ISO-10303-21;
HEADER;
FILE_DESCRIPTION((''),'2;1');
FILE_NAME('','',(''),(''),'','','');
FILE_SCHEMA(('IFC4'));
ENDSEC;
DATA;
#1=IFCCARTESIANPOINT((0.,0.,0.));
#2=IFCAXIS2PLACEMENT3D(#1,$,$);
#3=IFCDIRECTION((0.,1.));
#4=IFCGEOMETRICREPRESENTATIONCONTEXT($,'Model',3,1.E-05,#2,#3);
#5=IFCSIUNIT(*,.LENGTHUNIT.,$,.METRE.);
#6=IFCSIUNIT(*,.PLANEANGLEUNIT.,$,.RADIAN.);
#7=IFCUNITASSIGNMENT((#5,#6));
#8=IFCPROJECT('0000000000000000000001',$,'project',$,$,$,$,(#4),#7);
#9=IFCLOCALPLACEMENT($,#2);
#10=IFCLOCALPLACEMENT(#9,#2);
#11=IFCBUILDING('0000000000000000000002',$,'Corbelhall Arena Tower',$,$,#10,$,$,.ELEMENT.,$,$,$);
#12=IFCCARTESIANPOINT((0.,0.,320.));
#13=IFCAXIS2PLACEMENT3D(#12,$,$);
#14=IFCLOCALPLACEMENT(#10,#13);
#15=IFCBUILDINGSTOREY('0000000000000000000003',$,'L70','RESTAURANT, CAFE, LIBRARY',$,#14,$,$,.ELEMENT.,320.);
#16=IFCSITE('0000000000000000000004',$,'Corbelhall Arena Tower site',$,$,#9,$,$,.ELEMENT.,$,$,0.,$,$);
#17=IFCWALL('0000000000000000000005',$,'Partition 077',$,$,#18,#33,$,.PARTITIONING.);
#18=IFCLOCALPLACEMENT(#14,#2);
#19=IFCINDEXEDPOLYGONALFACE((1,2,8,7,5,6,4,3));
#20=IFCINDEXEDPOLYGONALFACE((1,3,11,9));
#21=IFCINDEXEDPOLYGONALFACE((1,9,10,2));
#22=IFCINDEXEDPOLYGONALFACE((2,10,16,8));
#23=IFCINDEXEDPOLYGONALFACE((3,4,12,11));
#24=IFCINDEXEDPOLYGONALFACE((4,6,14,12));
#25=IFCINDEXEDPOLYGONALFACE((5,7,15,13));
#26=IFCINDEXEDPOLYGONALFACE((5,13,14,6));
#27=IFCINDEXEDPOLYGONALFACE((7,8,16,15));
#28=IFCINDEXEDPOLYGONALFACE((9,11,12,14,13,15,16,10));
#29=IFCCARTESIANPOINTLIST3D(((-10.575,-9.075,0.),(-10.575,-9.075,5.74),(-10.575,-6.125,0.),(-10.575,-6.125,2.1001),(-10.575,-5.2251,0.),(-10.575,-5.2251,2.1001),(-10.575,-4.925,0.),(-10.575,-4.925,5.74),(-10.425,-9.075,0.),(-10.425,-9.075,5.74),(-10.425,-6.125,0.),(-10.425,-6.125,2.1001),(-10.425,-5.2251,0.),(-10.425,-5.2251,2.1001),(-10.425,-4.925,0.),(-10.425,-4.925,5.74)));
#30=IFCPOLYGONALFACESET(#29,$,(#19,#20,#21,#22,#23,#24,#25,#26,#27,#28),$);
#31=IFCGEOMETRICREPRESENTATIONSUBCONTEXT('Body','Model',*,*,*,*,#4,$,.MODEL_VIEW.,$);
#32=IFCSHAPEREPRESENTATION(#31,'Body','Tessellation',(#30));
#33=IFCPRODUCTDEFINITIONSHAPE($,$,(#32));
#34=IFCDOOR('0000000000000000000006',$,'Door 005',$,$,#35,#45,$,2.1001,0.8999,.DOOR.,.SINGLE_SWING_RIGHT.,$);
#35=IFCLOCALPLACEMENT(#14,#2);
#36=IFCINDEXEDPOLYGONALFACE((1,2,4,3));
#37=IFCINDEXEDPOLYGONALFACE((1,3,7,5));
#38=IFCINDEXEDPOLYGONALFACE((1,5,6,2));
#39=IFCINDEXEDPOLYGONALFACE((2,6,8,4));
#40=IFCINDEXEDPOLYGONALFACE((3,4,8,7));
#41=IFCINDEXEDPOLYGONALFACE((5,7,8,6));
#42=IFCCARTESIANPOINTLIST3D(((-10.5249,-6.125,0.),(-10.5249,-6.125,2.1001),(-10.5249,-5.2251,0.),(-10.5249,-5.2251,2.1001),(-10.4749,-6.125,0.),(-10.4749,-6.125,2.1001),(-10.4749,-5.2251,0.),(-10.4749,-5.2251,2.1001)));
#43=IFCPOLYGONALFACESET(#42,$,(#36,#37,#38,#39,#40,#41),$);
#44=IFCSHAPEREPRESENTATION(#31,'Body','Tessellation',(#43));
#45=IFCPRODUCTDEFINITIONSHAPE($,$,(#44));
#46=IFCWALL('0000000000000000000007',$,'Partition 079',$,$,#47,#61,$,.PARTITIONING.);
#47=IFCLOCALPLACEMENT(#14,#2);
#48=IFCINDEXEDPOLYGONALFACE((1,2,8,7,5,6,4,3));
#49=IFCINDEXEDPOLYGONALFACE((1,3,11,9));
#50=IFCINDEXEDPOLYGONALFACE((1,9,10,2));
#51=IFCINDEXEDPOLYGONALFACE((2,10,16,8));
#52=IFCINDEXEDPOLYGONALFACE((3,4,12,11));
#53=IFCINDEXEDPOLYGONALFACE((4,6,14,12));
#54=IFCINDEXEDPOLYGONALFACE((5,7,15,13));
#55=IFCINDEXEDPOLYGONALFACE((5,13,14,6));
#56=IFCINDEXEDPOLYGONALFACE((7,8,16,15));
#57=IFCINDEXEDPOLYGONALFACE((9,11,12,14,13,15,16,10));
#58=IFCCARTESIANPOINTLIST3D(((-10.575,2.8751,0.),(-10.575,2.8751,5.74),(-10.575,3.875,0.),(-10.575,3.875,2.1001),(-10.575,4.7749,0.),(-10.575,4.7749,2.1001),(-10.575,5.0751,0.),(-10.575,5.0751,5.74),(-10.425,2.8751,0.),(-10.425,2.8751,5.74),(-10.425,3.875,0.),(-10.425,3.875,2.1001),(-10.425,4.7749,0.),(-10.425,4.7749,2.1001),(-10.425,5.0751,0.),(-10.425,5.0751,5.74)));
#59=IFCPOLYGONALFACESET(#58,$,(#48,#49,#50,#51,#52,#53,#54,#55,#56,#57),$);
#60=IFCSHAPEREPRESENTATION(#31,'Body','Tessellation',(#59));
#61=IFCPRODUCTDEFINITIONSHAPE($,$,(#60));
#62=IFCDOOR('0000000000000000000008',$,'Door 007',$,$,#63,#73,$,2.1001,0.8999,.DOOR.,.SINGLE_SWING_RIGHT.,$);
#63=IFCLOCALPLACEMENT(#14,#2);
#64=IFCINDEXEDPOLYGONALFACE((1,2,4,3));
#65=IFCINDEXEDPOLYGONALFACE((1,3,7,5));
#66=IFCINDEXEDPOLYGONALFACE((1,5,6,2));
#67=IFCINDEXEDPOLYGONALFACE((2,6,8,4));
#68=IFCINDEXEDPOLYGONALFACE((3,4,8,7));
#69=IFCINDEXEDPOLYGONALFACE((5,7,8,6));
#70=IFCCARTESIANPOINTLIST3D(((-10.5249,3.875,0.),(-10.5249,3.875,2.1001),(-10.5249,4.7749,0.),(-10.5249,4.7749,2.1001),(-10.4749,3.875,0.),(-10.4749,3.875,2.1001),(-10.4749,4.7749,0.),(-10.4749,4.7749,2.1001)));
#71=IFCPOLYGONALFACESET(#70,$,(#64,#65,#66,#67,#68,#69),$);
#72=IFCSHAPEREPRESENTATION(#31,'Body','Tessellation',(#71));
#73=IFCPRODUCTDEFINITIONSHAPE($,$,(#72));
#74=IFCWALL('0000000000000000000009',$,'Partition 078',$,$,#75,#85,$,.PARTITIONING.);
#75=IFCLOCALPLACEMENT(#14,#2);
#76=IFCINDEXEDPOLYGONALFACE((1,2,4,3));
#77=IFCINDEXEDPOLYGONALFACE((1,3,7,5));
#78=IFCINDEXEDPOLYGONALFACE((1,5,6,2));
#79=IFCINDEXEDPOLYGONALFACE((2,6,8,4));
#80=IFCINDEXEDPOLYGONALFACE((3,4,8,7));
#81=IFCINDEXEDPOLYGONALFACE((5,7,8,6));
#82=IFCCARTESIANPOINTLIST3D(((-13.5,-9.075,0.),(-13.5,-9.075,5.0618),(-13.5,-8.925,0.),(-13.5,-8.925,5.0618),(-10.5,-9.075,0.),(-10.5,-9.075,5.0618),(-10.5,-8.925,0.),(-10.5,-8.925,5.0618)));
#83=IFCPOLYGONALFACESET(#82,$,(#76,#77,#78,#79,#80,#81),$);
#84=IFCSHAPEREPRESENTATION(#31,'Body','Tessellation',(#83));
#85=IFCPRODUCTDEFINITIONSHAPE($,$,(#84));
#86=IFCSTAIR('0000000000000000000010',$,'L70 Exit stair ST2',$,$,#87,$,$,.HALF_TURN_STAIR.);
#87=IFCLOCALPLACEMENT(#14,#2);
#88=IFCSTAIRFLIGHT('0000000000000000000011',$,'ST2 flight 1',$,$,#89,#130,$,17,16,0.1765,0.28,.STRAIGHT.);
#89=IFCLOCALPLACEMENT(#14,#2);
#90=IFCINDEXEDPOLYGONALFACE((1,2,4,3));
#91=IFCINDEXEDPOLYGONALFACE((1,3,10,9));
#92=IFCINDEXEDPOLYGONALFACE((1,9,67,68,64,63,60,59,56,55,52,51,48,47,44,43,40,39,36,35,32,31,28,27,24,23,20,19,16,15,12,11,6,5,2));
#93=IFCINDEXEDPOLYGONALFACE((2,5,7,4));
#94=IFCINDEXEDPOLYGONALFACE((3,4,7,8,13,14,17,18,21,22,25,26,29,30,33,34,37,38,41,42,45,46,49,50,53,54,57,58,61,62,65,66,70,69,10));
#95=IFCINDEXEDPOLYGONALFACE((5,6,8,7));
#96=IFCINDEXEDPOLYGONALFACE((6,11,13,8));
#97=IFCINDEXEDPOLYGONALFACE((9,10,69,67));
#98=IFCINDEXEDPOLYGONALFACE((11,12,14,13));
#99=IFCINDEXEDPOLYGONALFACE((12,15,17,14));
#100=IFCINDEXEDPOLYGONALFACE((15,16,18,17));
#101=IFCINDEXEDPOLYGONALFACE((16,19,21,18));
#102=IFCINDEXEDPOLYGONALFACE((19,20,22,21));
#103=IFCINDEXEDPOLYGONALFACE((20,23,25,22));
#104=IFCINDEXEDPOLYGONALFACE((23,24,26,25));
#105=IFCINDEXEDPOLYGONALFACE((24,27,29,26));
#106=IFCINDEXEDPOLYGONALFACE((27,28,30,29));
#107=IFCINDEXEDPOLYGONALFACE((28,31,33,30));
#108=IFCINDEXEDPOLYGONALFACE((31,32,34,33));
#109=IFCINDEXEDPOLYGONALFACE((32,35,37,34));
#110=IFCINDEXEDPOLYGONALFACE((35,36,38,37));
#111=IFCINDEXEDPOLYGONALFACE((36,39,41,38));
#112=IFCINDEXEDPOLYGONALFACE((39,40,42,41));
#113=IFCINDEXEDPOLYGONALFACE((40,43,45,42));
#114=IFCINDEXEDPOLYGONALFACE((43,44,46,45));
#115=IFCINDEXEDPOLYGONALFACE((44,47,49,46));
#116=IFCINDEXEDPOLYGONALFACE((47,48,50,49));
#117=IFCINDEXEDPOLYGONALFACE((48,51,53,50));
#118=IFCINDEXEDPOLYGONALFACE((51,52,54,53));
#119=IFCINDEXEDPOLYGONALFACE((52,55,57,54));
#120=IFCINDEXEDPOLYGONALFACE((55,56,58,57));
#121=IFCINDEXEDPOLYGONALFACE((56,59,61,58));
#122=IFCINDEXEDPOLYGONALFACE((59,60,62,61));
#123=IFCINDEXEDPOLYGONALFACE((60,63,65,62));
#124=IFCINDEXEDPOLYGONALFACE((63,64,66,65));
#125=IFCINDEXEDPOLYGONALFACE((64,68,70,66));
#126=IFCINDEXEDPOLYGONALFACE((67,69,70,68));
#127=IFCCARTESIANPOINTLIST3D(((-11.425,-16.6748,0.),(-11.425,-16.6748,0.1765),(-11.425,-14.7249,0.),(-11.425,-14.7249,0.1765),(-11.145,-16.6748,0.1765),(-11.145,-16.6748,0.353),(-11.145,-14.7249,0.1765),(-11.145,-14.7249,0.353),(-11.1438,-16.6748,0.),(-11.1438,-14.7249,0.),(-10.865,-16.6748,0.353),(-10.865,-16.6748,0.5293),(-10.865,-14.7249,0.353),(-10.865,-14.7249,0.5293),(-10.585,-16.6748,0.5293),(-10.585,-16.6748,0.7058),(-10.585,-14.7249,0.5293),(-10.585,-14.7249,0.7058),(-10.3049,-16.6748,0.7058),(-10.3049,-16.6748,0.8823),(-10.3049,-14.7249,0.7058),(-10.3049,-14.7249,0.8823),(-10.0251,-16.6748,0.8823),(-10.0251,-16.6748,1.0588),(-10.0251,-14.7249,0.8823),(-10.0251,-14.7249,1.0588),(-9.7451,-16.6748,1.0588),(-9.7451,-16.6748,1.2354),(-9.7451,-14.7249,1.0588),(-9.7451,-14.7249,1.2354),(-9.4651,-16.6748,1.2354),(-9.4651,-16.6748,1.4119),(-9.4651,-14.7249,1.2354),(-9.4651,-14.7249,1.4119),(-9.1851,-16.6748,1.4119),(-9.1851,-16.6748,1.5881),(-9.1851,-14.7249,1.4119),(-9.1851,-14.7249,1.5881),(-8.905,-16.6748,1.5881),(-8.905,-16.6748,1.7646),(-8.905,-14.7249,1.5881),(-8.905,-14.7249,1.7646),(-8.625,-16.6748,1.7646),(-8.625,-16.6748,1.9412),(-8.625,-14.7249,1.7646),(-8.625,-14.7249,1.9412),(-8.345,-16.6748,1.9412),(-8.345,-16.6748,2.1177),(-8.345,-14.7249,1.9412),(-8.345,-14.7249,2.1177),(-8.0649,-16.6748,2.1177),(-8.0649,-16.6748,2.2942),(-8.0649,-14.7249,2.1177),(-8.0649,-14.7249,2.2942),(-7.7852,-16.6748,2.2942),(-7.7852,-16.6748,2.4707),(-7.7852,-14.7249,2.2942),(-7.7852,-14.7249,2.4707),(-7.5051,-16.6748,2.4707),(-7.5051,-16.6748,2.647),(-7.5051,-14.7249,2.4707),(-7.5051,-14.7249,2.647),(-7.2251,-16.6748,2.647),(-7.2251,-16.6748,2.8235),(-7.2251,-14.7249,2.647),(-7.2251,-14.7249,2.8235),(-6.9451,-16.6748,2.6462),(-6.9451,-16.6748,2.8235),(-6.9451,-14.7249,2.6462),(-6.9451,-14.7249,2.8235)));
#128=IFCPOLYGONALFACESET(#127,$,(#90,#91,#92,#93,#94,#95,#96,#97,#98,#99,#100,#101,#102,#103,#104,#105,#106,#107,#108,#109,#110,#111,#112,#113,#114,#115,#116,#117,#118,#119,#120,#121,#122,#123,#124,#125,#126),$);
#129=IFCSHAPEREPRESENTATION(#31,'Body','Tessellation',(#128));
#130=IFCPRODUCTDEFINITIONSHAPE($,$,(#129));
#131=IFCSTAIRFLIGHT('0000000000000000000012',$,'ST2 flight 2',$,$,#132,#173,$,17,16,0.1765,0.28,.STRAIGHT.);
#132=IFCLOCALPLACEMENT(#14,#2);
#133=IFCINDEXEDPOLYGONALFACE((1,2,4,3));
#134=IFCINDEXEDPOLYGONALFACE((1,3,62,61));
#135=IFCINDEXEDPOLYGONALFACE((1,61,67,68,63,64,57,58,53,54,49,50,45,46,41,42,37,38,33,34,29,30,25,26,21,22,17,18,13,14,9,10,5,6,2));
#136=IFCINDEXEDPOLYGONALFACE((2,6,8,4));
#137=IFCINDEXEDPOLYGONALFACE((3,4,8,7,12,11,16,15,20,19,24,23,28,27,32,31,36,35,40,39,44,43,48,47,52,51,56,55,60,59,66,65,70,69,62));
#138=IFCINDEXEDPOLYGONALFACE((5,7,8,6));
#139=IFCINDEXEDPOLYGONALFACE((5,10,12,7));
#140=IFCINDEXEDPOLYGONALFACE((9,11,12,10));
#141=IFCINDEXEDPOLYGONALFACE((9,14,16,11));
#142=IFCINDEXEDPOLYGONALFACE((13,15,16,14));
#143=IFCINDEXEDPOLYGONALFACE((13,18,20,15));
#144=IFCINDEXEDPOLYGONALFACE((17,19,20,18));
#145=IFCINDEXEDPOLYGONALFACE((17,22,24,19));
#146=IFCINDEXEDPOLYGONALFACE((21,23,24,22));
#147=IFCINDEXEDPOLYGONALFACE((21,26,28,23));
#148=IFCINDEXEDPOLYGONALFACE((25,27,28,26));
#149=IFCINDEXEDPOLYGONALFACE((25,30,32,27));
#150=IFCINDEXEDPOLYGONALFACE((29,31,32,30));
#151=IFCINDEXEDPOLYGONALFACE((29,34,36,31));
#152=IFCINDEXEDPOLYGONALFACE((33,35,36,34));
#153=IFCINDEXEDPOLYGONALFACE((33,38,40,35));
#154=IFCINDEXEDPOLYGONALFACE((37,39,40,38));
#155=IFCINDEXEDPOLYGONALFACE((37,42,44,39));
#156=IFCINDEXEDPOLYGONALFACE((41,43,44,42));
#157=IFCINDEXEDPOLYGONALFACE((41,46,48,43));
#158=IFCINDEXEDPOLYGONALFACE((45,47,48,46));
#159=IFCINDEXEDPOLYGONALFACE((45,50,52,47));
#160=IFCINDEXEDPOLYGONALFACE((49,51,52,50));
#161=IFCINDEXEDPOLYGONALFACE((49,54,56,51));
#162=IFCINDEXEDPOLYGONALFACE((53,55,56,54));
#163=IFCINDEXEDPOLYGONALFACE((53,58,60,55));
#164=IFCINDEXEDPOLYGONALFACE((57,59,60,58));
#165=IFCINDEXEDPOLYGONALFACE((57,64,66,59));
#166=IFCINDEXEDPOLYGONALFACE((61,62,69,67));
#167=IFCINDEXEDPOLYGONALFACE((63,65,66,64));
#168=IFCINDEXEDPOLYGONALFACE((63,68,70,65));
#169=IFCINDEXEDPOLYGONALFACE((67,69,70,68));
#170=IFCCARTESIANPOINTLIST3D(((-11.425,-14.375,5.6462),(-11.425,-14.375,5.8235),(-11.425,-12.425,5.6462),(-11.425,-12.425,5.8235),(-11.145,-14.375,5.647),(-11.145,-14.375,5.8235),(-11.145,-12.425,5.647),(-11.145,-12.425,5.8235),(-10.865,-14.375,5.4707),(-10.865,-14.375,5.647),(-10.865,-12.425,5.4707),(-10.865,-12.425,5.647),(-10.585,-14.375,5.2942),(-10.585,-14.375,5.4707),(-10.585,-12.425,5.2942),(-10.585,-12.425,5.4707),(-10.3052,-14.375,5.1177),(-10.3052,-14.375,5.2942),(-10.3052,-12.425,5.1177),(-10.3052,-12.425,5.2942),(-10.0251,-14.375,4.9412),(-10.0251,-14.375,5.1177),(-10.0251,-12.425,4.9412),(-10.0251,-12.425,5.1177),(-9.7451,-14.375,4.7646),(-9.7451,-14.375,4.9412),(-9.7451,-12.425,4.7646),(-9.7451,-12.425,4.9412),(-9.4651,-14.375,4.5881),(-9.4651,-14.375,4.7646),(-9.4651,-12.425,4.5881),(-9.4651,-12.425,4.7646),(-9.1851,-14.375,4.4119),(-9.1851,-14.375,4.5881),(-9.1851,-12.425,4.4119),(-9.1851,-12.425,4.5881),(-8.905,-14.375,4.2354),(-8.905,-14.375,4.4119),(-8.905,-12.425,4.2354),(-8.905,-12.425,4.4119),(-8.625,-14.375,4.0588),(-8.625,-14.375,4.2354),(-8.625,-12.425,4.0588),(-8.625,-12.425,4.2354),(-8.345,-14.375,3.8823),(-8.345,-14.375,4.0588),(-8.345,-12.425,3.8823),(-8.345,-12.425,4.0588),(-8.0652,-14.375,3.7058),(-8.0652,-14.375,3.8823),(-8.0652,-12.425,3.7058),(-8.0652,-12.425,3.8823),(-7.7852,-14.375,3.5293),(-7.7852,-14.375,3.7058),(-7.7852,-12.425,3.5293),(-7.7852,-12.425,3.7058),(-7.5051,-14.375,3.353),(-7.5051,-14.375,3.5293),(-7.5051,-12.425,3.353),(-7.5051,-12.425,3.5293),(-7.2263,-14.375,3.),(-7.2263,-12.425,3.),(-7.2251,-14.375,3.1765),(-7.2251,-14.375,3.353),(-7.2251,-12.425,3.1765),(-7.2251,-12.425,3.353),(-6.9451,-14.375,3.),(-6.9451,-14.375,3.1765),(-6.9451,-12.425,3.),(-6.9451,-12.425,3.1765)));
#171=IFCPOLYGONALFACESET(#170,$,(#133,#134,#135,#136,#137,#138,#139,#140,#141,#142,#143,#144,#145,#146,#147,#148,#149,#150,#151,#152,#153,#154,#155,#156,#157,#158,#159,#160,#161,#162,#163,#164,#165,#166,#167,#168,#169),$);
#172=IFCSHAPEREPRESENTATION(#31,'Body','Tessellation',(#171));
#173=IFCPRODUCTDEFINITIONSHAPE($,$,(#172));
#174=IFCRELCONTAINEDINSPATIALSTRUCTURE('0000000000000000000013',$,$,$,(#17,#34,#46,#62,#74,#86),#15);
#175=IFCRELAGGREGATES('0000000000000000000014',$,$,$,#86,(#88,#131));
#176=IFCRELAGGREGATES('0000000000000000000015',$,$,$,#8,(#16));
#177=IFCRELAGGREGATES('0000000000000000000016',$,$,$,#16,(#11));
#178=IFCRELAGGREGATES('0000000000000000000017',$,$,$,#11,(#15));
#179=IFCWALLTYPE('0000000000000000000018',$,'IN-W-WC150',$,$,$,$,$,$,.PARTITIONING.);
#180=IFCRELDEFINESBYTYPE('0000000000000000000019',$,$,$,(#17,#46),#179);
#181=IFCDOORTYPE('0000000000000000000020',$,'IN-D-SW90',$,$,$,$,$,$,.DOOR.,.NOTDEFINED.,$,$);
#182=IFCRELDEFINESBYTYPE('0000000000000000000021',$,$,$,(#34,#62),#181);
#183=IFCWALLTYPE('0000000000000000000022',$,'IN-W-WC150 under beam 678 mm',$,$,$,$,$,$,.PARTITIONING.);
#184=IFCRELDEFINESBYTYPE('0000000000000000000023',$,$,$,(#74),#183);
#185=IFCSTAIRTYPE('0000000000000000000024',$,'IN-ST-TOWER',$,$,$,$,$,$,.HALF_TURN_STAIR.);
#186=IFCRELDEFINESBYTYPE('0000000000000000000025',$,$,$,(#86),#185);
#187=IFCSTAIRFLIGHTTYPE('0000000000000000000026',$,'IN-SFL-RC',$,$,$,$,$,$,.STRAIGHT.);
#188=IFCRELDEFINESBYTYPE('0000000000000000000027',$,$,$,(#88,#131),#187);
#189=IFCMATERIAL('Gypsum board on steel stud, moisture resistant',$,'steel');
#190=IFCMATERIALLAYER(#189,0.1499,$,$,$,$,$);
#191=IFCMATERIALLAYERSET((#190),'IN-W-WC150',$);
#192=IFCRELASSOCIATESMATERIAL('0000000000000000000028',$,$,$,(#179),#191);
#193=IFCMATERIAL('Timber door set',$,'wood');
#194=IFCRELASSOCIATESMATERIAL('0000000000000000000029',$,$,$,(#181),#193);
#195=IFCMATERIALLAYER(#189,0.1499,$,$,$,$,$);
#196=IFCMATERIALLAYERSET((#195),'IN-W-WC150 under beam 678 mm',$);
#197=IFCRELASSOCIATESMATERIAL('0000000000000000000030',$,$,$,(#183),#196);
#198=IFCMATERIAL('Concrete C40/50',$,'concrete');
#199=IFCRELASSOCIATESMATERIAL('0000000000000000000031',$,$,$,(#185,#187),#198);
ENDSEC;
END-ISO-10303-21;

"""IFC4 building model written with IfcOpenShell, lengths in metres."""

from ifc_helpers import new_model, si_unit, direction, frame, frame_2d, origin, place, context, subcontext, project, spatial, polyline, rectangle, outline, extrude, material, layer, layer_set, type_object, element, fill, aggregate, save


model = new_model("IFC4")

# Units and contexts
model_context = context("Model", 3, precision=1e-05, world=origin(), true_north=direction((0.0, 1.0)))
body_context = subcontext(model_context, "Body", "Model", "MODEL_VIEW")
ifc_project = project(units=[si_unit("LENGTHUNIT", "METRE"), si_unit("PLANEANGLEUNIT", "RADIAN")], contexts=[model_context])

# Site, building, storey
site_placement = place(None, origin())
site = spatial("IfcSite", under=ifc_project, at=site_placement, Name="Corbelhall Arena Tower site", CompositionType="ELEMENT", RefElevation=0.0)
building_placement = place(site_placement, origin())
building = spatial("IfcBuilding", under=site, at=building_placement, Name="Corbelhall Arena Tower", CompositionType="ELEMENT")
storey_placement = place(building_placement, frame((0.0, 0.0, 320.0)))
storey = spatial("IfcBuildingStorey", under=building, at=storey_placement, Name="L70", Description="RESTAURANT, CAFE, LIBRARY", CompositionType="ELEMENT", Elevation=320.0)

# Shared definitions
ifc_material_1 = material(Name="Concrete C40/50", Category="concrete")

# Walls, openings, doors
ifc_material_2 = material(Name="Gypsum board on steel stud, moisture resistant", Category="steel")
ifc_layer_1 = layer(ifc_material_2, 0.1499)
ifc_layer_set_1 = layer_set([ifc_layer_1], Name="IN-W-WC150")
wall_type_1 = type_object("IfcWallType", Name="IN-W-WC150", PredefinedType="PARTITIONING", material=ifc_layer_set_1)
wall_1_placement = place(storey_placement, frame((-10.5, -9.075, 0.0), z_axis=(0.0, 0.0, 1.0), x_axis=(0.0, 1.0, 0.0)))
wall_1 = element("IfcWall", 1, at=wall_1_placement, inside=storey, type_object=wall_type_1, Name="Partition 077", PredefinedType="PARTITIONING", context=body_context, shape_type="SweptSolid", body=[
    extrude(rectangle(XDim=4.1499, YDim=0.1499, at=frame_2d((2.075, 0.0))), origin(), (0.0, 0.0, 1.0), 5.74),
])
opening_1_placement = place(wall_1_placement, frame((2.95, 0.0, 0.0)))
opening_1 = element("IfcOpeningElement", 2, at=opening_1_placement, cuts=wall_1, PredefinedType="OPENING", context=body_context, shape_type="SweptSolid", body=[
    extrude(rectangle(XDim=0.8999, YDim=2.1001, at=frame_2d((0.45, 1.05))), frame((0.0, 0.075, 0.0), z_axis=(0.0, -1.0, 0.0), x_axis=(1.0, 0.0, 0.0)), (0.0, 0.0, 1.0), 0.1499),
])
ifc_material_3 = material(Name="Timber door set", Category="wood")
door_type_1 = type_object("IfcDoorType", Name="IN-D-SW90", OperationType="NOTDEFINED", PredefinedType="DOOR", material=ifc_material_3)
door_1_placement = place(opening_1_placement, origin())
door_1 = element("IfcDoor", 3, at=door_1_placement, inside=storey, type_object=door_type_1, Name="Door 005", OperationType="SINGLE_SWING_RIGHT", OverallHeight=2.1001, OverallWidth=0.8999, PredefinedType="DOOR", context=body_context, shape_type="SweptSolid", body=[
    extrude(rectangle(XDim=0.8999, YDim=2.1001, at=frame_2d((0.45, 1.05))), frame((0.0, 0.0249, 0.0), z_axis=(0.0, -1.0, 0.0), x_axis=(1.0, 0.0, 0.0)), (0.0, 0.0, 1.0), 0.05),
])
fill(opening_1, door_1)
wall_2_placement = place(storey_placement, frame((-10.5, 2.875, 0.0), z_axis=(0.0, 0.0, 1.0), x_axis=(0.0, 1.0, 0.0)))
wall_2 = element("IfcWall", 4, at=wall_2_placement, inside=storey, type_object=wall_type_1, Name="Partition 079", PredefinedType="PARTITIONING", context=body_context, shape_type="SweptSolid", body=[
    extrude(rectangle(XDim=2.2, YDim=0.1499, at=frame_2d((1.1001, 0.0))), origin(), (0.0, 0.0, 1.0), 5.74),
])
opening_2_placement = place(wall_2_placement, frame((1.0, 0.0, 0.0)))
opening_2 = element("IfcOpeningElement", 5, at=opening_2_placement, cuts=wall_2, PredefinedType="OPENING", context=body_context, shape_type="SweptSolid", body=[
    extrude(rectangle(XDim=0.8999, YDim=2.1001, at=frame_2d((0.45, 1.05))), frame((0.0, 0.075, 0.0), z_axis=(0.0, -1.0, 0.0), x_axis=(1.0, 0.0, 0.0)), (0.0, 0.0, 1.0), 0.1499),
])
door_2_placement = place(opening_2_placement, origin())
door_2 = element("IfcDoor", 6, at=door_2_placement, inside=storey, type_object=door_type_1, Name="Door 007", OperationType="SINGLE_SWING_RIGHT", OverallHeight=2.1001, OverallWidth=0.8999, PredefinedType="DOOR", context=body_context, shape_type="SweptSolid", body=[
    extrude(rectangle(XDim=0.8999, YDim=2.1001, at=frame_2d((0.45, 1.05))), frame((0.0, 0.0249, 0.0), z_axis=(0.0, -1.0, 0.0), x_axis=(1.0, 0.0, 0.0)), (0.0, 0.0, 1.0), 0.05),
])
fill(opening_2, door_2)

# Wall
ifc_layer_2 = layer(ifc_material_2, 0.1499)
ifc_layer_set_2 = layer_set([ifc_layer_2], Name="IN-W-WC150 under beam 678 mm")
wall_type_2 = type_object("IfcWallType", Name="IN-W-WC150 under beam 678 mm", PredefinedType="PARTITIONING", material=ifc_layer_set_2)
wall_3_placement = place(storey_placement, frame((-10.5, -9.0, 0.0), z_axis=(0.0, 0.0, 1.0), x_axis=(-1.0, 0.0, 0.0)))
element("IfcWall", 7, at=wall_3_placement, inside=storey, type_object=wall_type_2, Name="Partition 078", PredefinedType="PARTITIONING", context=body_context, shape_type="SweptSolid", body=[
    extrude(rectangle(XDim=3.0, YDim=0.1499, at=frame_2d((1.5, 0.0))), origin(), (0.0, 0.0, 1.0), 5.0618),
])

# Stair, stair flights
stair_type = type_object("IfcStairType", Name="IN-ST-TOWER", PredefinedType="HALF_TURN_STAIR", material=ifc_material_1)
stair_placement = place(storey_placement, origin())
stair = element("IfcStair", 8, at=stair_placement, inside=storey, type_object=stair_type, Name="L70 Exit stair ST2", PredefinedType="HALF_TURN_STAIR")
stair_flight_type = type_object("IfcStairFlightType", Name="IN-SFL-RC", PredefinedType="STRAIGHT", material=ifc_material_1)
stair_flight_1_placement = place(storey_placement, frame((-11.425, -15.7, 0.0), z_axis=(0.0, 0.0, 1.0), x_axis=(1.0, 0.0, 0.0)))
stair_flight_1 = element("IfcStairFlight", 9, at=stair_flight_1_placement, type_object=stair_flight_type, Name="ST2 flight 1", NumberOfRisers=17, NumberOfTreads=16, PredefinedType="STRAIGHT", RiserHeight=0.1765, TreadLength=0.28, context=body_context, shape_type="SweptSolid", body=[
    extrude(outline(polyline([(0.0, 0.0), (0.0, 0.1765), (0.28, 0.1765), (0.28, 0.353), (0.5601, 0.353), (0.5601, 0.5293), (0.8401, 0.5293), (0.8401, 0.7058), (1.1201, 0.7058), (1.1201, 0.8823), (1.3999, 0.8823), (1.3999, 1.0588), (1.6799, 1.0588), (1.6799, 1.2354), (1.96, 1.2354), (1.96, 1.4119), (2.24, 1.4119), (2.24, 1.5881), (2.52, 1.5881), (2.52, 1.7646), (2.8, 1.7646), (2.8, 1.9412), (3.0801, 1.9412), (3.0801, 2.1177), (3.3601, 2.1177), (3.3601, 2.2942), (3.6399, 2.2942), (3.6399, 2.4707), (3.9199, 2.4707), (3.9199, 2.647), (4.2, 2.647), (4.2, 2.8235), (4.48, 2.8235), (4.48, 3.0), (4.48, 2.6462), (0.2812, 0.0), (0.0, 0.0)])), frame((0.0, 0.9751, 0.0), z_axis=(0.0, -1.0, 0.0), x_axis=(1.0, 0.0, 0.0)), (0.0, 0.0, 1.0), 1.95),
])
stair_flight_2_placement = place(storey_placement, frame((-6.9451, -13.3999, 3.0), z_axis=(0.0, 0.0, 1.0), x_axis=(-1.0, 0.0, 0.0)))
stair_flight_2 = element("IfcStairFlight", 10, at=stair_flight_2_placement, type_object=stair_flight_type, Name="ST2 flight 2", NumberOfRisers=17, NumberOfTreads=16, PredefinedType="STRAIGHT", RiserHeight=0.1765, TreadLength=0.28, context=body_context, shape_type="SweptSolid", body=[
    extrude(outline(polyline([(0.0, 0.0), (0.0, 0.1765), (0.28, 0.1765), (0.28, 0.353), (0.5601, 0.353), (0.5601, 0.5293), (0.8401, 0.5293), (0.8401, 0.7058), (1.1201, 0.7058), (1.1201, 0.8823), (1.3999, 0.8823), (1.3999, 1.0588), (1.6799, 1.0588), (1.6799, 1.2354), (1.96, 1.2354), (1.96, 1.4119), (2.24, 1.4119), (2.24, 1.5881), (2.52, 1.5881), (2.52, 1.7646), (2.8, 1.7646), (2.8, 1.9412), (3.0801, 1.9412), (3.0801, 2.1177), (3.3601, 2.1177), (3.3601, 2.2942), (3.6399, 2.2942), (3.6399, 2.4707), (3.9199, 2.4707), (3.9199, 2.647), (4.2, 2.647), (4.2, 2.8235), (4.48, 2.8235), (4.48, 3.0), (4.48, 2.6462), (0.2812, 0.0), (0.0, 0.0)])), frame((0.0, 0.9751, 0.0), z_axis=(0.0, -1.0, 0.0), x_axis=(1.0, 0.0, 0.0)), (0.0, 0.0, 1.0), 1.95),
])
aggregate(stair, [stair_flight_1, stair_flight_2])

save(model, "model.ifc")
